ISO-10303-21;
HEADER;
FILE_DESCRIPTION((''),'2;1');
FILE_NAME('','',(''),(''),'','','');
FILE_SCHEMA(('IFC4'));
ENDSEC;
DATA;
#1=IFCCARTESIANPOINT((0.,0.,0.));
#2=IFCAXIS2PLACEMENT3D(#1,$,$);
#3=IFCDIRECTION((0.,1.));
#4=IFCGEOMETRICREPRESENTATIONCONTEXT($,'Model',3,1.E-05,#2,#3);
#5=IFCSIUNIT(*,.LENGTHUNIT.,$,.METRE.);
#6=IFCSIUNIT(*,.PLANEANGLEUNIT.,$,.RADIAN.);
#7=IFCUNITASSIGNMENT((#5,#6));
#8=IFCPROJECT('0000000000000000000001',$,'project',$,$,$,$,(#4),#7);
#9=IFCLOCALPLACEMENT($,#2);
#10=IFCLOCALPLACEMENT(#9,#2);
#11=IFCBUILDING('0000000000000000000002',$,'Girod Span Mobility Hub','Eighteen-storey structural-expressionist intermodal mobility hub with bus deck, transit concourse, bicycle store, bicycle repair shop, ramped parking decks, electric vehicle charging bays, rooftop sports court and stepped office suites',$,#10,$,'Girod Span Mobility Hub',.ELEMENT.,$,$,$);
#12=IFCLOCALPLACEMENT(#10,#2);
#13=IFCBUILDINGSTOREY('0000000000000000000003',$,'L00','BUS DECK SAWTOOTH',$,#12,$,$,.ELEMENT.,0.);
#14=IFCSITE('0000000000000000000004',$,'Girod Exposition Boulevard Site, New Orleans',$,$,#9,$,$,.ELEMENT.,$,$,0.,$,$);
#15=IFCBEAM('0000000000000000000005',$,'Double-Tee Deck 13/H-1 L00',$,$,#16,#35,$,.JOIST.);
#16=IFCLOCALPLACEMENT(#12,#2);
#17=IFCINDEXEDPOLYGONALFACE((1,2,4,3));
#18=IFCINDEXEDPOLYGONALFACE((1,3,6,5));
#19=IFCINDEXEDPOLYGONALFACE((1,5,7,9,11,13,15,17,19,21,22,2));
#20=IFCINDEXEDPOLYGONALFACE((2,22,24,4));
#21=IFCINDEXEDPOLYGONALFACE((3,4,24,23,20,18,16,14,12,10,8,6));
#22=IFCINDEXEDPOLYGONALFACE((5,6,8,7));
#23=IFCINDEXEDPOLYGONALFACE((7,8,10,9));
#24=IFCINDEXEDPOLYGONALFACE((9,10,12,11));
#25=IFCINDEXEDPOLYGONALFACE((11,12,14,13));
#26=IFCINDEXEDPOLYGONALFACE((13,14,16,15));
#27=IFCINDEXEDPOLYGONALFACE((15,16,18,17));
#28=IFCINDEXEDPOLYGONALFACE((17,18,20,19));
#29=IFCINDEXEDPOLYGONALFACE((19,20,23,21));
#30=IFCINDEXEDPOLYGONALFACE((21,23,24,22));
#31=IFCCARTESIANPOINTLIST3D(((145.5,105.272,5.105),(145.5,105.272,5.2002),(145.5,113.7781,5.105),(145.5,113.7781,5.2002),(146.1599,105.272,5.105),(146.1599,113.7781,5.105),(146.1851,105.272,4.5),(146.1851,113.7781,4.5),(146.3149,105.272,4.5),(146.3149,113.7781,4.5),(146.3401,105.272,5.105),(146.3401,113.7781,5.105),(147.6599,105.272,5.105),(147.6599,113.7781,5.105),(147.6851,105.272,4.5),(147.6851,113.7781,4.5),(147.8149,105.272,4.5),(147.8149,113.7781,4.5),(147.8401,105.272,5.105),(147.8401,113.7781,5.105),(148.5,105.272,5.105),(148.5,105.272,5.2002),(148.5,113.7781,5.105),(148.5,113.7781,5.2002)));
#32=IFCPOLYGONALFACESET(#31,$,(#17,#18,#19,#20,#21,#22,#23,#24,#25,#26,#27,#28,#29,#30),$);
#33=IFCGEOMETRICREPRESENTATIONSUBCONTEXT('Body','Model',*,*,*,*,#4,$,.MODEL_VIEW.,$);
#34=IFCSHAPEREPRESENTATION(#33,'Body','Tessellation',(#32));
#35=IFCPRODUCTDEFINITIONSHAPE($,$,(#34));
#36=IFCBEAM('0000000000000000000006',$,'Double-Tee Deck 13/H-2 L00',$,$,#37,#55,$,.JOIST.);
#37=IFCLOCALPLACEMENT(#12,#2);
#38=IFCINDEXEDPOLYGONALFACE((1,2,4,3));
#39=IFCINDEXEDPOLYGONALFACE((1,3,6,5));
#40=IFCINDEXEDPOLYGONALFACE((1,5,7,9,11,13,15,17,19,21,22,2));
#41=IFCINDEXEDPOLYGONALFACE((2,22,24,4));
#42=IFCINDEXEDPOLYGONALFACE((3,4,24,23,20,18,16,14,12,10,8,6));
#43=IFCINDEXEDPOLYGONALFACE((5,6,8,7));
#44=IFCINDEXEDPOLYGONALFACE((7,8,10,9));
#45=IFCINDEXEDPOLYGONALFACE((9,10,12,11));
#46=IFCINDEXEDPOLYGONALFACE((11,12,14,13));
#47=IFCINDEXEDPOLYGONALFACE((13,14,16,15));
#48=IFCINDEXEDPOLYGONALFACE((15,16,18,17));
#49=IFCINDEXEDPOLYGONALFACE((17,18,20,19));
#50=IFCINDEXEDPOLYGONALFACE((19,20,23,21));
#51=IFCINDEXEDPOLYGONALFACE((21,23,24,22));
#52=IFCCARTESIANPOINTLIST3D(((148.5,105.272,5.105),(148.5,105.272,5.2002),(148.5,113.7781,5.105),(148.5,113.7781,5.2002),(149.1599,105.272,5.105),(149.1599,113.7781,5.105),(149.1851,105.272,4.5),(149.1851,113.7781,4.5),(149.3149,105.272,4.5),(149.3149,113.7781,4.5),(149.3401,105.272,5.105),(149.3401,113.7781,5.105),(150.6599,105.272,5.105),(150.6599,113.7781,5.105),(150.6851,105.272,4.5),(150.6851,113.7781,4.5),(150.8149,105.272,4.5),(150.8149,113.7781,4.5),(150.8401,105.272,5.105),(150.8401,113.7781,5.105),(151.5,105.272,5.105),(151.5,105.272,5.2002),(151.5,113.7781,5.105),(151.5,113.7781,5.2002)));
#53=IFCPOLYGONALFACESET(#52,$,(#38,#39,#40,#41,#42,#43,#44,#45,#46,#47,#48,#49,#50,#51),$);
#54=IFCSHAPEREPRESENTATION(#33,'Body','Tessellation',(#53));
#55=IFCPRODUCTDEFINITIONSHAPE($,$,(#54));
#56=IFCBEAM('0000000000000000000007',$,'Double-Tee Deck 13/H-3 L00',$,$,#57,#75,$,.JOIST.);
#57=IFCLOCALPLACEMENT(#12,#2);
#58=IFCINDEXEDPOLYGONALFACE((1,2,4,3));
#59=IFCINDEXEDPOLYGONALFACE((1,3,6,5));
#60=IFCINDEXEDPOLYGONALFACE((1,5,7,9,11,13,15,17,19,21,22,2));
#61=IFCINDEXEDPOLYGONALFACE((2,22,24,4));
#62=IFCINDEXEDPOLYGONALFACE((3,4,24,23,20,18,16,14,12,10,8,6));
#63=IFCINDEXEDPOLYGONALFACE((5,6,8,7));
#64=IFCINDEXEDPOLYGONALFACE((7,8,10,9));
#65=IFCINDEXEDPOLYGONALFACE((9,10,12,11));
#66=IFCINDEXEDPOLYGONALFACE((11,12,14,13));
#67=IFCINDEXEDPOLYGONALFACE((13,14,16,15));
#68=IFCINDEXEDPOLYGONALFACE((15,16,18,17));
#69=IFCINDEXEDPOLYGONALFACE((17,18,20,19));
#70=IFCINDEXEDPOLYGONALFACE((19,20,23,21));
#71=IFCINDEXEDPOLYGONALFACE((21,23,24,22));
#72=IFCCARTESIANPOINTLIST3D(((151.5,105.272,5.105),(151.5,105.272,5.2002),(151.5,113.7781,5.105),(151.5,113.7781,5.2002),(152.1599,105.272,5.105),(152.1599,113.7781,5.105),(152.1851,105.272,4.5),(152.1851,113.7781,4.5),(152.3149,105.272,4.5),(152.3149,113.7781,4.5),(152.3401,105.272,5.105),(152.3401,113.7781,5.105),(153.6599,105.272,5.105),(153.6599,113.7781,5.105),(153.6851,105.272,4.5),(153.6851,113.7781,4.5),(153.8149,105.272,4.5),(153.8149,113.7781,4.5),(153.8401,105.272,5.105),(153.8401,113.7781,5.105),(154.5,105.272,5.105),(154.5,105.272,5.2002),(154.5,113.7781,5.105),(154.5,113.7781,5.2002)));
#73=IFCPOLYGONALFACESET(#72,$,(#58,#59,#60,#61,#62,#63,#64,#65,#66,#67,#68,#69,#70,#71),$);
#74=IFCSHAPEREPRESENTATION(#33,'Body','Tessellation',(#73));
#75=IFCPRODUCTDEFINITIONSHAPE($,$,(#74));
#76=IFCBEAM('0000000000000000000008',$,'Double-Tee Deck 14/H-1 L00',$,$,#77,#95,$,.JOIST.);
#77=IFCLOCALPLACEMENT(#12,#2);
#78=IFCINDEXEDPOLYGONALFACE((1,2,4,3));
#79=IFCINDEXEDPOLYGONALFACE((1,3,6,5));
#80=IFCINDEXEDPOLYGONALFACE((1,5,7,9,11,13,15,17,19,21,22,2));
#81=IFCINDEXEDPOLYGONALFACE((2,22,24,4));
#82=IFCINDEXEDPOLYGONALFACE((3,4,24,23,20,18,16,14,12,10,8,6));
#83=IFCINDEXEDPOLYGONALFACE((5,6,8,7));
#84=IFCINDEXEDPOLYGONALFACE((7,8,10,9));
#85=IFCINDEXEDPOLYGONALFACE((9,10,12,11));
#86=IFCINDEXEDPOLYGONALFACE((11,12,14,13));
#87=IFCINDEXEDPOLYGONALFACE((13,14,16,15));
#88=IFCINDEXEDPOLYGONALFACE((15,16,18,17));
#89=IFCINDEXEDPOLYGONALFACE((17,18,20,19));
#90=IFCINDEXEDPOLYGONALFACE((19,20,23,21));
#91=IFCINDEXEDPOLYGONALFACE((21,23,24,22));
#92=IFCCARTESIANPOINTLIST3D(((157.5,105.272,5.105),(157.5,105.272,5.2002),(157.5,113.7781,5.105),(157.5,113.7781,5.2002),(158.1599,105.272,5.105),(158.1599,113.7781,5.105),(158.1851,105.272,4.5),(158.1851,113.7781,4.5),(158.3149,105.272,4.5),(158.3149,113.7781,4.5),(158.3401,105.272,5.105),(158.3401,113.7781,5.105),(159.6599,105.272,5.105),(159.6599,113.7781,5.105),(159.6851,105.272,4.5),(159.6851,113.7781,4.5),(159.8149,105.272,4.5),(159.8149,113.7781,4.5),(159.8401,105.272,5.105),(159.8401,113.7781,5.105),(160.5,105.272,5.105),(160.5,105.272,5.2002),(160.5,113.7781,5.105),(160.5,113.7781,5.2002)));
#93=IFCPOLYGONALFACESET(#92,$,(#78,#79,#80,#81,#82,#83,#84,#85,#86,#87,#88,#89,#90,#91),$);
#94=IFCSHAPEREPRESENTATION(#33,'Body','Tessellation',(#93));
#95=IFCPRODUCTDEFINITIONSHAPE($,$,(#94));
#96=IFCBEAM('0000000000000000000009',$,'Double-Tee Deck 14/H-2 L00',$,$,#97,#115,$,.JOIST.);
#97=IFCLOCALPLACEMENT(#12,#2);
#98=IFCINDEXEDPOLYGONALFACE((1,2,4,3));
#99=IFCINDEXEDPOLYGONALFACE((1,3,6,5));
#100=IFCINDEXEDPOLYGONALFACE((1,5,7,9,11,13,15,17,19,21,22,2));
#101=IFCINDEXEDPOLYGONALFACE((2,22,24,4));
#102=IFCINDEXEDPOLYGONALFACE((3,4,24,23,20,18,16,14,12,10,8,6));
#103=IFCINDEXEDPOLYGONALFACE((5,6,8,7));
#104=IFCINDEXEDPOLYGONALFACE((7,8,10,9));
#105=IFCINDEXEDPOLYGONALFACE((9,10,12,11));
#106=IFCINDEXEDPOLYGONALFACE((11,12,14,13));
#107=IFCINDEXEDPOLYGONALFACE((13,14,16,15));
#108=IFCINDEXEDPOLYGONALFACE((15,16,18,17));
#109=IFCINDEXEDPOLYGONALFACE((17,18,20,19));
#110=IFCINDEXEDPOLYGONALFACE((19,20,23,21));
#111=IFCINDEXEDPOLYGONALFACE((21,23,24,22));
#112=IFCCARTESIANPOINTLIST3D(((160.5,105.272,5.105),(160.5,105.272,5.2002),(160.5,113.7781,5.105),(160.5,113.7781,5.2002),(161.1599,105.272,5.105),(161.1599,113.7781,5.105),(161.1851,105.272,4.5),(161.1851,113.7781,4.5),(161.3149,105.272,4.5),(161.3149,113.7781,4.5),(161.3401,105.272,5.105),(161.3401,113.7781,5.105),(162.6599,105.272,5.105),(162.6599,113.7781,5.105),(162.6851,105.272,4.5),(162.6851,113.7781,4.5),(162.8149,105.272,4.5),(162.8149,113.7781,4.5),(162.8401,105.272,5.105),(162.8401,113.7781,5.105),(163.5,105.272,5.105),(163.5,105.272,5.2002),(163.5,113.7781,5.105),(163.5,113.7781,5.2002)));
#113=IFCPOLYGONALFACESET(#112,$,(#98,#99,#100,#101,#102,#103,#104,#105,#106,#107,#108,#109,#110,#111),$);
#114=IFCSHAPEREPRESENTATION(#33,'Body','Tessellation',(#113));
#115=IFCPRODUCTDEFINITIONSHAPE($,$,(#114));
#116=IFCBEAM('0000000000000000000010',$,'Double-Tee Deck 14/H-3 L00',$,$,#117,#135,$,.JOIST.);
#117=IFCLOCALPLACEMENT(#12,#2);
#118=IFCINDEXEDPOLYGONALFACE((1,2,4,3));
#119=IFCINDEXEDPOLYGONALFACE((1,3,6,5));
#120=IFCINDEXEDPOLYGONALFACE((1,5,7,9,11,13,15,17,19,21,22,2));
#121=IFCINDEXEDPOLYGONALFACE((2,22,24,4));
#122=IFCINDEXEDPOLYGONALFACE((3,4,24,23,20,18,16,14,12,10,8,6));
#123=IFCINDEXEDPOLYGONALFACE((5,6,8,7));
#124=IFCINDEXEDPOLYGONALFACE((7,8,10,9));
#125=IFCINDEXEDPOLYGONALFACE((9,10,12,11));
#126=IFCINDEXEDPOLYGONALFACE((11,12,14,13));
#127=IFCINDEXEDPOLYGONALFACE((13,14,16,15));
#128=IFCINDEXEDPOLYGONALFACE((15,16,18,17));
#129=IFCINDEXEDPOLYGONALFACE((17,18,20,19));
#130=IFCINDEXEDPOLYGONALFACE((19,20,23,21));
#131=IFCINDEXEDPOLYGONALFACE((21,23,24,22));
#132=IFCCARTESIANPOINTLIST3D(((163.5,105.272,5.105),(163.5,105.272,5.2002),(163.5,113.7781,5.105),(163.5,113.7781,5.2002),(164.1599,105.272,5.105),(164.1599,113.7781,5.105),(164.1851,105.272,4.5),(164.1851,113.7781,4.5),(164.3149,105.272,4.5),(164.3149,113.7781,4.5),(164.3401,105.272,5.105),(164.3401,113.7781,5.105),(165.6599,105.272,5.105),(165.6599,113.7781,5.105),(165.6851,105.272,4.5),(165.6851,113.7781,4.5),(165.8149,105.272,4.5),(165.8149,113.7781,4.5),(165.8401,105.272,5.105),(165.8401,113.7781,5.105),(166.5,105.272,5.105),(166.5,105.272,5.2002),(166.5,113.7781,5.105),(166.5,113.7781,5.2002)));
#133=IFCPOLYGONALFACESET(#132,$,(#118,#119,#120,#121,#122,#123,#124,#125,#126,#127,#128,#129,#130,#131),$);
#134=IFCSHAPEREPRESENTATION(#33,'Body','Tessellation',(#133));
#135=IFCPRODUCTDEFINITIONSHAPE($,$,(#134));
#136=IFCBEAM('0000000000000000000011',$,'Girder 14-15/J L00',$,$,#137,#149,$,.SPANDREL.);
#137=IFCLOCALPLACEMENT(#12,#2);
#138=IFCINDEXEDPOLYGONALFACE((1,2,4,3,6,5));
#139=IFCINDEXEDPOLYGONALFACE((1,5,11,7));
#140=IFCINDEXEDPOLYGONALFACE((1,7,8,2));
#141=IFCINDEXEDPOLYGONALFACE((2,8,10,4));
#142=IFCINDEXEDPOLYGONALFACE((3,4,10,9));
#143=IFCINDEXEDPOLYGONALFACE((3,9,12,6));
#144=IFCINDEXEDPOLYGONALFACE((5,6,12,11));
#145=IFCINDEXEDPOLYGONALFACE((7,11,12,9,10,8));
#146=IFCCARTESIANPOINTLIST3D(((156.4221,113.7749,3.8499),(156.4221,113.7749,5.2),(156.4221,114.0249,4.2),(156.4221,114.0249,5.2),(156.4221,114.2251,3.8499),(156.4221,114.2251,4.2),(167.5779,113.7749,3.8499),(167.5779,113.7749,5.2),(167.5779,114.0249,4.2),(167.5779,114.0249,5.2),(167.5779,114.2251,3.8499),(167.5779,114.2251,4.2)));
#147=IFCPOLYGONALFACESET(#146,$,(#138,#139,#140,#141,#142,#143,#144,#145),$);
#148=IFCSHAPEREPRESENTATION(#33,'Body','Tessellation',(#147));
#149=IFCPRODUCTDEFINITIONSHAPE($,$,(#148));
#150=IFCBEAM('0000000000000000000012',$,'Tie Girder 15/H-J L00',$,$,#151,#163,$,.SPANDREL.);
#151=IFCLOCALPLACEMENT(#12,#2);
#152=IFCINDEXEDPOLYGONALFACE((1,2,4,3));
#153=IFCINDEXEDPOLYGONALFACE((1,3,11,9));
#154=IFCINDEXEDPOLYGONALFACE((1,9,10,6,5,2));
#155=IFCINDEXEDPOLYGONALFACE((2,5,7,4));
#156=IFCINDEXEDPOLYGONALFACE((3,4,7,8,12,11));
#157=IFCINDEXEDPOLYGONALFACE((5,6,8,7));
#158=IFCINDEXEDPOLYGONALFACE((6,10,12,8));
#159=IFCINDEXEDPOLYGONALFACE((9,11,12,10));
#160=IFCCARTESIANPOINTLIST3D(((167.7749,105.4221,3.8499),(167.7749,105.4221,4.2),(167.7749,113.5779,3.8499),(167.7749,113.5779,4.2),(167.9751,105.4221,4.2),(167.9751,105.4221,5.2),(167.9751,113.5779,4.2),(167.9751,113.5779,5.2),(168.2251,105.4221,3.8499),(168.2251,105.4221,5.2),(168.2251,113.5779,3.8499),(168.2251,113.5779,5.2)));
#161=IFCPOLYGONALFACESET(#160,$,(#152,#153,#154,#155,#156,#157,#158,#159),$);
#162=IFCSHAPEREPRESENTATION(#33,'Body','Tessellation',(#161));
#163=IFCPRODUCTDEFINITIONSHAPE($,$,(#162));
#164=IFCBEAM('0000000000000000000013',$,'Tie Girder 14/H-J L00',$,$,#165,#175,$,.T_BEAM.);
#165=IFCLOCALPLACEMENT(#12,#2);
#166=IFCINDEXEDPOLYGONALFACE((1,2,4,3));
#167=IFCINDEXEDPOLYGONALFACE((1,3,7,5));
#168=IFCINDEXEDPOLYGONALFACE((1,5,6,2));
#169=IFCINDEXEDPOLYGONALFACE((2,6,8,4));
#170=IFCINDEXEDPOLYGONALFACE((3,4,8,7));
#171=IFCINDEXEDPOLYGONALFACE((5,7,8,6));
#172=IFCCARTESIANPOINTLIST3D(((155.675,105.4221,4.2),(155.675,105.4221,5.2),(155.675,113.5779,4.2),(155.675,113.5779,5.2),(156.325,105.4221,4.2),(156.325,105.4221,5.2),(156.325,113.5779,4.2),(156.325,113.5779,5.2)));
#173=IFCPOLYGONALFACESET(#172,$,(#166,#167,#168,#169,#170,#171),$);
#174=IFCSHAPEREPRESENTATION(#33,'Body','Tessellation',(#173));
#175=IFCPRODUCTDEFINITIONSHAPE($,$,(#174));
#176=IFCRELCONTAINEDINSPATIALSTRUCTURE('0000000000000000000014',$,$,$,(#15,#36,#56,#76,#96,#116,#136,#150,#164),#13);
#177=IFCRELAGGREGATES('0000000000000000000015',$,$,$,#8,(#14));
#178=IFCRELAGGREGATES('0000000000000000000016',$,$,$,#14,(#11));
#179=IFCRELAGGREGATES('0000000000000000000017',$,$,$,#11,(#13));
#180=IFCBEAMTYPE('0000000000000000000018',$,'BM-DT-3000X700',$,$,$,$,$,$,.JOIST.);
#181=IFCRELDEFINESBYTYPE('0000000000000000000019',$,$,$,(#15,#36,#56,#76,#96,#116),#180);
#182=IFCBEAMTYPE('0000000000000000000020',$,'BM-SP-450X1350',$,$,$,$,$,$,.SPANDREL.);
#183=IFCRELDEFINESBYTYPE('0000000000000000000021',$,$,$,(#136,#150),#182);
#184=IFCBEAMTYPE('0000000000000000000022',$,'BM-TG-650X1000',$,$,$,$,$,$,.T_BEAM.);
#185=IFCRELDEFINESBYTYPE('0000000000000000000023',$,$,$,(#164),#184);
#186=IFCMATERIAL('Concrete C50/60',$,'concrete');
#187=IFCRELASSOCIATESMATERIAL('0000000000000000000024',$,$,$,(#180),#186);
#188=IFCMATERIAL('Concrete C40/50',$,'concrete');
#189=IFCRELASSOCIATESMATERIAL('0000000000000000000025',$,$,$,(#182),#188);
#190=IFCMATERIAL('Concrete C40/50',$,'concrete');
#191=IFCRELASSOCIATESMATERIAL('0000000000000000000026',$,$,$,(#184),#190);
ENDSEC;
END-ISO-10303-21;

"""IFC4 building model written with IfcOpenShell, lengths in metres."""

from ifc_helpers import new_model, si_unit, direction, frame, origin, origin_2d, place, context, subcontext, project, spatial, polyline, rectangle, outline, extrude, material, material_profile, profile_set, type_object, element, save


model = new_model("IFC4")

# Units and contexts
model_context = context("Model", 3, precision=1e-05, world=origin(), true_north=direction((0.0, 1.0)))
body_context = subcontext(model_context, "Body", "Model", "MODEL_VIEW")
ifc_project = project(units=[si_unit("LENGTHUNIT", "METRE"), si_unit("PLANEANGLEUNIT", "RADIAN")], contexts=[model_context])

# Site, building, storey
site_placement = place(None, origin())
site = spatial("IfcSite", under=ifc_project, at=site_placement, Name="Girod Exposition Boulevard Site, New Orleans", CompositionType="ELEMENT", RefElevation=0.0)
building_placement = place(site_placement, origin())
building = spatial("IfcBuilding", under=site, at=building_placement, Name="Girod Span Mobility Hub", Description="Eighteen-storey structural-expressionist intermodal mobility hub with bus deck, transit concourse, bicycle store, bicycle repair shop, ramped parking decks, electric vehicle charging bays, rooftop sports court and stepped office suites", LongName="Girod Span Mobility Hub", CompositionType="ELEMENT")
storey_placement = place(building_placement, origin())
storey = spatial("IfcBuildingStorey", under=building, at=storey_placement, Name="L00", Description="BUS DECK SAWTOOTH", CompositionType="ELEMENT", Elevation=0.0)

# Beams
ifc_material_1 = material(Name="Concrete C50/60", Category="concrete")
ifc_material_profile_1 = material_profile(ifc_material_1, outline(polyline([(-1.5, 0.3501), (-1.5, 0.2549), (-0.8401, 0.2549), (-0.8149, -0.3501), (-0.6851, -0.3501), (-0.6599, 0.2549), (0.6599, 0.2549), (0.6851, -0.3501), (0.8149, -0.3501), (0.8401, 0.2549), (1.5, 0.2549), (1.5, 0.3501), (-1.5, 0.3501)])), Name="DT-3000X700")
ifc_profile_set_1 = profile_set([ifc_material_profile_1], Name="Concrete C50/60")
beam_type_1 = type_object("IfcBeamType", Name="BM-DT-3000X700", PredefinedType="JOIST", material=ifc_profile_set_1)
for number, where, z_axis, x_axis, name in (
    (1, (147.0, 105.272, 4.8501), (0.0, 1.0, 0.0), (-1.0, 0.0, 0.0), "Double-Tee Deck 13/H-1 L00"),
    (2, (150.0, 105.272, 4.8501), (0.0, 1.0, 0.0), (-1.0, 0.0, 0.0), "Double-Tee Deck 13/H-2 L00"),
    (3, (153.0, 105.272, 4.8501), (0.0, 1.0, 0.0), (-1.0, 0.0, 0.0), "Double-Tee Deck 13/H-3 L00"),
    (4, (159.0, 105.272, 4.8501), (0.0, 1.0, 0.0), (-1.0, 0.0, 0.0), "Double-Tee Deck 14/H-1 L00"),
    (5, (162.0, 105.272, 4.8501), (0.0, 1.0, 0.0), (-1.0, 0.0, 0.0), "Double-Tee Deck 14/H-2 L00"),
    (6, (165.0, 105.272, 4.8501), (0.0, 1.0, 0.0), (-1.0, 0.0, 0.0), "Double-Tee Deck 14/H-3 L00"),
):
    element("IfcBeam", number, at=place(storey_placement, frame(where, z_axis=z_axis, x_axis=x_axis)), inside=storey, type_object=beam_type_1, Name=name, PredefinedType="JOIST", context=body_context, shape_type="SweptSolid", body=[
        extrude(outline(polyline([(-1.5, 0.3501), (-1.5, 0.2549), (-0.8401, 0.2549), (-0.8149, -0.3501), (-0.6851, -0.3501), (-0.6599, 0.2549), (0.6599, 0.2549), (0.6851, -0.3501), (0.8149, -0.3501), (0.8401, 0.2549), (1.5, 0.2549), (1.5, 0.3501), (-1.5, 0.3501)])), origin(), (0.0, 0.0, 1.0), 8.5061),
    ])
ifc_material_2 = material(Name="Concrete C40/50", Category="concrete")
ifc_material_profile_2 = material_profile(ifc_material_2, outline(polyline([(-0.2251, -0.675), (0.2251, -0.675), (0.2251, -0.325), (0.0249, -0.325), (0.0249, 0.675), (-0.2251, 0.675), (-0.2251, -0.675)])), Name="SP-450X1350")
ifc_profile_set_2 = profile_set([ifc_material_profile_2], Name="Concrete C40/50")
beam_type_2 = type_object("IfcBeamType", Name="BM-SP-450X1350", PredefinedType="SPANDREL", material=ifc_profile_set_2)
beam_1_placement = place(storey_placement, frame((156.4221, 114.0, 4.5249), z_axis=(1.0, 0.0, 0.0), x_axis=(0.0, 1.0, 0.0)))
element("IfcBeam", 7, at=beam_1_placement, inside=storey, type_object=beam_type_2, Name="Girder 14-15/J L00", PredefinedType="SPANDREL", context=body_context, shape_type="SweptSolid", body=[
    extrude(outline(polyline([(-0.2251, -0.675), (0.2251, -0.675), (0.2251, -0.325), (0.0249, -0.325), (0.0249, 0.675), (-0.2251, 0.675), (-0.2251, -0.675)])), origin(), (0.0, 0.0, 1.0), 11.1558),
])
beam_2_placement = place(storey_placement, frame((168.0, 105.4221, 4.5249), z_axis=(0.0, 1.0, 0.0), x_axis=(-1.0, 0.0, 0.0)))
element("IfcBeam", 8, at=beam_2_placement, inside=storey, type_object=beam_type_2, Name="Tie Girder 15/H-J L00", PredefinedType="SPANDREL", context=body_context, shape_type="SweptSolid", body=[
    extrude(outline(polyline([(-0.2251, -0.675), (0.2251, -0.675), (0.2251, -0.325), (0.0249, -0.325), (0.0249, 0.675), (-0.2251, 0.675), (-0.2251, -0.675)])), origin(), (0.0, 0.0, 1.0), 8.1558),
])
ifc_material_3 = material(Name="Concrete C40/50", Category="concrete")
ifc_material_profile_3 = material_profile(ifc_material_3, rectangle(XDim=0.6499, YDim=1.0, at=origin_2d()), Name="TG-650X1000")
ifc_profile_set_3 = profile_set([ifc_material_profile_3], Name="Concrete C40/50")
beam_type_3 = type_object("IfcBeamType", Name="BM-TG-650X1000", PredefinedType="T_BEAM", material=ifc_profile_set_3)
beam_3_placement = place(storey_placement, frame((156.0, 105.4221, 4.7), z_axis=(0.0, 1.0, 0.0), x_axis=(-1.0, 0.0, 0.0)))
element("IfcBeam", 9, at=beam_3_placement, inside=storey, type_object=beam_type_3, Name="Tie Girder 14/H-J L00", PredefinedType="T_BEAM", context=body_context, shape_type="SweptSolid", body=[
    extrude(rectangle(XDim=0.6499, YDim=1.0, at=origin_2d()), origin(), (0.0, 0.0, 1.0), 8.1558),
])

save(model, "model.ifc")
